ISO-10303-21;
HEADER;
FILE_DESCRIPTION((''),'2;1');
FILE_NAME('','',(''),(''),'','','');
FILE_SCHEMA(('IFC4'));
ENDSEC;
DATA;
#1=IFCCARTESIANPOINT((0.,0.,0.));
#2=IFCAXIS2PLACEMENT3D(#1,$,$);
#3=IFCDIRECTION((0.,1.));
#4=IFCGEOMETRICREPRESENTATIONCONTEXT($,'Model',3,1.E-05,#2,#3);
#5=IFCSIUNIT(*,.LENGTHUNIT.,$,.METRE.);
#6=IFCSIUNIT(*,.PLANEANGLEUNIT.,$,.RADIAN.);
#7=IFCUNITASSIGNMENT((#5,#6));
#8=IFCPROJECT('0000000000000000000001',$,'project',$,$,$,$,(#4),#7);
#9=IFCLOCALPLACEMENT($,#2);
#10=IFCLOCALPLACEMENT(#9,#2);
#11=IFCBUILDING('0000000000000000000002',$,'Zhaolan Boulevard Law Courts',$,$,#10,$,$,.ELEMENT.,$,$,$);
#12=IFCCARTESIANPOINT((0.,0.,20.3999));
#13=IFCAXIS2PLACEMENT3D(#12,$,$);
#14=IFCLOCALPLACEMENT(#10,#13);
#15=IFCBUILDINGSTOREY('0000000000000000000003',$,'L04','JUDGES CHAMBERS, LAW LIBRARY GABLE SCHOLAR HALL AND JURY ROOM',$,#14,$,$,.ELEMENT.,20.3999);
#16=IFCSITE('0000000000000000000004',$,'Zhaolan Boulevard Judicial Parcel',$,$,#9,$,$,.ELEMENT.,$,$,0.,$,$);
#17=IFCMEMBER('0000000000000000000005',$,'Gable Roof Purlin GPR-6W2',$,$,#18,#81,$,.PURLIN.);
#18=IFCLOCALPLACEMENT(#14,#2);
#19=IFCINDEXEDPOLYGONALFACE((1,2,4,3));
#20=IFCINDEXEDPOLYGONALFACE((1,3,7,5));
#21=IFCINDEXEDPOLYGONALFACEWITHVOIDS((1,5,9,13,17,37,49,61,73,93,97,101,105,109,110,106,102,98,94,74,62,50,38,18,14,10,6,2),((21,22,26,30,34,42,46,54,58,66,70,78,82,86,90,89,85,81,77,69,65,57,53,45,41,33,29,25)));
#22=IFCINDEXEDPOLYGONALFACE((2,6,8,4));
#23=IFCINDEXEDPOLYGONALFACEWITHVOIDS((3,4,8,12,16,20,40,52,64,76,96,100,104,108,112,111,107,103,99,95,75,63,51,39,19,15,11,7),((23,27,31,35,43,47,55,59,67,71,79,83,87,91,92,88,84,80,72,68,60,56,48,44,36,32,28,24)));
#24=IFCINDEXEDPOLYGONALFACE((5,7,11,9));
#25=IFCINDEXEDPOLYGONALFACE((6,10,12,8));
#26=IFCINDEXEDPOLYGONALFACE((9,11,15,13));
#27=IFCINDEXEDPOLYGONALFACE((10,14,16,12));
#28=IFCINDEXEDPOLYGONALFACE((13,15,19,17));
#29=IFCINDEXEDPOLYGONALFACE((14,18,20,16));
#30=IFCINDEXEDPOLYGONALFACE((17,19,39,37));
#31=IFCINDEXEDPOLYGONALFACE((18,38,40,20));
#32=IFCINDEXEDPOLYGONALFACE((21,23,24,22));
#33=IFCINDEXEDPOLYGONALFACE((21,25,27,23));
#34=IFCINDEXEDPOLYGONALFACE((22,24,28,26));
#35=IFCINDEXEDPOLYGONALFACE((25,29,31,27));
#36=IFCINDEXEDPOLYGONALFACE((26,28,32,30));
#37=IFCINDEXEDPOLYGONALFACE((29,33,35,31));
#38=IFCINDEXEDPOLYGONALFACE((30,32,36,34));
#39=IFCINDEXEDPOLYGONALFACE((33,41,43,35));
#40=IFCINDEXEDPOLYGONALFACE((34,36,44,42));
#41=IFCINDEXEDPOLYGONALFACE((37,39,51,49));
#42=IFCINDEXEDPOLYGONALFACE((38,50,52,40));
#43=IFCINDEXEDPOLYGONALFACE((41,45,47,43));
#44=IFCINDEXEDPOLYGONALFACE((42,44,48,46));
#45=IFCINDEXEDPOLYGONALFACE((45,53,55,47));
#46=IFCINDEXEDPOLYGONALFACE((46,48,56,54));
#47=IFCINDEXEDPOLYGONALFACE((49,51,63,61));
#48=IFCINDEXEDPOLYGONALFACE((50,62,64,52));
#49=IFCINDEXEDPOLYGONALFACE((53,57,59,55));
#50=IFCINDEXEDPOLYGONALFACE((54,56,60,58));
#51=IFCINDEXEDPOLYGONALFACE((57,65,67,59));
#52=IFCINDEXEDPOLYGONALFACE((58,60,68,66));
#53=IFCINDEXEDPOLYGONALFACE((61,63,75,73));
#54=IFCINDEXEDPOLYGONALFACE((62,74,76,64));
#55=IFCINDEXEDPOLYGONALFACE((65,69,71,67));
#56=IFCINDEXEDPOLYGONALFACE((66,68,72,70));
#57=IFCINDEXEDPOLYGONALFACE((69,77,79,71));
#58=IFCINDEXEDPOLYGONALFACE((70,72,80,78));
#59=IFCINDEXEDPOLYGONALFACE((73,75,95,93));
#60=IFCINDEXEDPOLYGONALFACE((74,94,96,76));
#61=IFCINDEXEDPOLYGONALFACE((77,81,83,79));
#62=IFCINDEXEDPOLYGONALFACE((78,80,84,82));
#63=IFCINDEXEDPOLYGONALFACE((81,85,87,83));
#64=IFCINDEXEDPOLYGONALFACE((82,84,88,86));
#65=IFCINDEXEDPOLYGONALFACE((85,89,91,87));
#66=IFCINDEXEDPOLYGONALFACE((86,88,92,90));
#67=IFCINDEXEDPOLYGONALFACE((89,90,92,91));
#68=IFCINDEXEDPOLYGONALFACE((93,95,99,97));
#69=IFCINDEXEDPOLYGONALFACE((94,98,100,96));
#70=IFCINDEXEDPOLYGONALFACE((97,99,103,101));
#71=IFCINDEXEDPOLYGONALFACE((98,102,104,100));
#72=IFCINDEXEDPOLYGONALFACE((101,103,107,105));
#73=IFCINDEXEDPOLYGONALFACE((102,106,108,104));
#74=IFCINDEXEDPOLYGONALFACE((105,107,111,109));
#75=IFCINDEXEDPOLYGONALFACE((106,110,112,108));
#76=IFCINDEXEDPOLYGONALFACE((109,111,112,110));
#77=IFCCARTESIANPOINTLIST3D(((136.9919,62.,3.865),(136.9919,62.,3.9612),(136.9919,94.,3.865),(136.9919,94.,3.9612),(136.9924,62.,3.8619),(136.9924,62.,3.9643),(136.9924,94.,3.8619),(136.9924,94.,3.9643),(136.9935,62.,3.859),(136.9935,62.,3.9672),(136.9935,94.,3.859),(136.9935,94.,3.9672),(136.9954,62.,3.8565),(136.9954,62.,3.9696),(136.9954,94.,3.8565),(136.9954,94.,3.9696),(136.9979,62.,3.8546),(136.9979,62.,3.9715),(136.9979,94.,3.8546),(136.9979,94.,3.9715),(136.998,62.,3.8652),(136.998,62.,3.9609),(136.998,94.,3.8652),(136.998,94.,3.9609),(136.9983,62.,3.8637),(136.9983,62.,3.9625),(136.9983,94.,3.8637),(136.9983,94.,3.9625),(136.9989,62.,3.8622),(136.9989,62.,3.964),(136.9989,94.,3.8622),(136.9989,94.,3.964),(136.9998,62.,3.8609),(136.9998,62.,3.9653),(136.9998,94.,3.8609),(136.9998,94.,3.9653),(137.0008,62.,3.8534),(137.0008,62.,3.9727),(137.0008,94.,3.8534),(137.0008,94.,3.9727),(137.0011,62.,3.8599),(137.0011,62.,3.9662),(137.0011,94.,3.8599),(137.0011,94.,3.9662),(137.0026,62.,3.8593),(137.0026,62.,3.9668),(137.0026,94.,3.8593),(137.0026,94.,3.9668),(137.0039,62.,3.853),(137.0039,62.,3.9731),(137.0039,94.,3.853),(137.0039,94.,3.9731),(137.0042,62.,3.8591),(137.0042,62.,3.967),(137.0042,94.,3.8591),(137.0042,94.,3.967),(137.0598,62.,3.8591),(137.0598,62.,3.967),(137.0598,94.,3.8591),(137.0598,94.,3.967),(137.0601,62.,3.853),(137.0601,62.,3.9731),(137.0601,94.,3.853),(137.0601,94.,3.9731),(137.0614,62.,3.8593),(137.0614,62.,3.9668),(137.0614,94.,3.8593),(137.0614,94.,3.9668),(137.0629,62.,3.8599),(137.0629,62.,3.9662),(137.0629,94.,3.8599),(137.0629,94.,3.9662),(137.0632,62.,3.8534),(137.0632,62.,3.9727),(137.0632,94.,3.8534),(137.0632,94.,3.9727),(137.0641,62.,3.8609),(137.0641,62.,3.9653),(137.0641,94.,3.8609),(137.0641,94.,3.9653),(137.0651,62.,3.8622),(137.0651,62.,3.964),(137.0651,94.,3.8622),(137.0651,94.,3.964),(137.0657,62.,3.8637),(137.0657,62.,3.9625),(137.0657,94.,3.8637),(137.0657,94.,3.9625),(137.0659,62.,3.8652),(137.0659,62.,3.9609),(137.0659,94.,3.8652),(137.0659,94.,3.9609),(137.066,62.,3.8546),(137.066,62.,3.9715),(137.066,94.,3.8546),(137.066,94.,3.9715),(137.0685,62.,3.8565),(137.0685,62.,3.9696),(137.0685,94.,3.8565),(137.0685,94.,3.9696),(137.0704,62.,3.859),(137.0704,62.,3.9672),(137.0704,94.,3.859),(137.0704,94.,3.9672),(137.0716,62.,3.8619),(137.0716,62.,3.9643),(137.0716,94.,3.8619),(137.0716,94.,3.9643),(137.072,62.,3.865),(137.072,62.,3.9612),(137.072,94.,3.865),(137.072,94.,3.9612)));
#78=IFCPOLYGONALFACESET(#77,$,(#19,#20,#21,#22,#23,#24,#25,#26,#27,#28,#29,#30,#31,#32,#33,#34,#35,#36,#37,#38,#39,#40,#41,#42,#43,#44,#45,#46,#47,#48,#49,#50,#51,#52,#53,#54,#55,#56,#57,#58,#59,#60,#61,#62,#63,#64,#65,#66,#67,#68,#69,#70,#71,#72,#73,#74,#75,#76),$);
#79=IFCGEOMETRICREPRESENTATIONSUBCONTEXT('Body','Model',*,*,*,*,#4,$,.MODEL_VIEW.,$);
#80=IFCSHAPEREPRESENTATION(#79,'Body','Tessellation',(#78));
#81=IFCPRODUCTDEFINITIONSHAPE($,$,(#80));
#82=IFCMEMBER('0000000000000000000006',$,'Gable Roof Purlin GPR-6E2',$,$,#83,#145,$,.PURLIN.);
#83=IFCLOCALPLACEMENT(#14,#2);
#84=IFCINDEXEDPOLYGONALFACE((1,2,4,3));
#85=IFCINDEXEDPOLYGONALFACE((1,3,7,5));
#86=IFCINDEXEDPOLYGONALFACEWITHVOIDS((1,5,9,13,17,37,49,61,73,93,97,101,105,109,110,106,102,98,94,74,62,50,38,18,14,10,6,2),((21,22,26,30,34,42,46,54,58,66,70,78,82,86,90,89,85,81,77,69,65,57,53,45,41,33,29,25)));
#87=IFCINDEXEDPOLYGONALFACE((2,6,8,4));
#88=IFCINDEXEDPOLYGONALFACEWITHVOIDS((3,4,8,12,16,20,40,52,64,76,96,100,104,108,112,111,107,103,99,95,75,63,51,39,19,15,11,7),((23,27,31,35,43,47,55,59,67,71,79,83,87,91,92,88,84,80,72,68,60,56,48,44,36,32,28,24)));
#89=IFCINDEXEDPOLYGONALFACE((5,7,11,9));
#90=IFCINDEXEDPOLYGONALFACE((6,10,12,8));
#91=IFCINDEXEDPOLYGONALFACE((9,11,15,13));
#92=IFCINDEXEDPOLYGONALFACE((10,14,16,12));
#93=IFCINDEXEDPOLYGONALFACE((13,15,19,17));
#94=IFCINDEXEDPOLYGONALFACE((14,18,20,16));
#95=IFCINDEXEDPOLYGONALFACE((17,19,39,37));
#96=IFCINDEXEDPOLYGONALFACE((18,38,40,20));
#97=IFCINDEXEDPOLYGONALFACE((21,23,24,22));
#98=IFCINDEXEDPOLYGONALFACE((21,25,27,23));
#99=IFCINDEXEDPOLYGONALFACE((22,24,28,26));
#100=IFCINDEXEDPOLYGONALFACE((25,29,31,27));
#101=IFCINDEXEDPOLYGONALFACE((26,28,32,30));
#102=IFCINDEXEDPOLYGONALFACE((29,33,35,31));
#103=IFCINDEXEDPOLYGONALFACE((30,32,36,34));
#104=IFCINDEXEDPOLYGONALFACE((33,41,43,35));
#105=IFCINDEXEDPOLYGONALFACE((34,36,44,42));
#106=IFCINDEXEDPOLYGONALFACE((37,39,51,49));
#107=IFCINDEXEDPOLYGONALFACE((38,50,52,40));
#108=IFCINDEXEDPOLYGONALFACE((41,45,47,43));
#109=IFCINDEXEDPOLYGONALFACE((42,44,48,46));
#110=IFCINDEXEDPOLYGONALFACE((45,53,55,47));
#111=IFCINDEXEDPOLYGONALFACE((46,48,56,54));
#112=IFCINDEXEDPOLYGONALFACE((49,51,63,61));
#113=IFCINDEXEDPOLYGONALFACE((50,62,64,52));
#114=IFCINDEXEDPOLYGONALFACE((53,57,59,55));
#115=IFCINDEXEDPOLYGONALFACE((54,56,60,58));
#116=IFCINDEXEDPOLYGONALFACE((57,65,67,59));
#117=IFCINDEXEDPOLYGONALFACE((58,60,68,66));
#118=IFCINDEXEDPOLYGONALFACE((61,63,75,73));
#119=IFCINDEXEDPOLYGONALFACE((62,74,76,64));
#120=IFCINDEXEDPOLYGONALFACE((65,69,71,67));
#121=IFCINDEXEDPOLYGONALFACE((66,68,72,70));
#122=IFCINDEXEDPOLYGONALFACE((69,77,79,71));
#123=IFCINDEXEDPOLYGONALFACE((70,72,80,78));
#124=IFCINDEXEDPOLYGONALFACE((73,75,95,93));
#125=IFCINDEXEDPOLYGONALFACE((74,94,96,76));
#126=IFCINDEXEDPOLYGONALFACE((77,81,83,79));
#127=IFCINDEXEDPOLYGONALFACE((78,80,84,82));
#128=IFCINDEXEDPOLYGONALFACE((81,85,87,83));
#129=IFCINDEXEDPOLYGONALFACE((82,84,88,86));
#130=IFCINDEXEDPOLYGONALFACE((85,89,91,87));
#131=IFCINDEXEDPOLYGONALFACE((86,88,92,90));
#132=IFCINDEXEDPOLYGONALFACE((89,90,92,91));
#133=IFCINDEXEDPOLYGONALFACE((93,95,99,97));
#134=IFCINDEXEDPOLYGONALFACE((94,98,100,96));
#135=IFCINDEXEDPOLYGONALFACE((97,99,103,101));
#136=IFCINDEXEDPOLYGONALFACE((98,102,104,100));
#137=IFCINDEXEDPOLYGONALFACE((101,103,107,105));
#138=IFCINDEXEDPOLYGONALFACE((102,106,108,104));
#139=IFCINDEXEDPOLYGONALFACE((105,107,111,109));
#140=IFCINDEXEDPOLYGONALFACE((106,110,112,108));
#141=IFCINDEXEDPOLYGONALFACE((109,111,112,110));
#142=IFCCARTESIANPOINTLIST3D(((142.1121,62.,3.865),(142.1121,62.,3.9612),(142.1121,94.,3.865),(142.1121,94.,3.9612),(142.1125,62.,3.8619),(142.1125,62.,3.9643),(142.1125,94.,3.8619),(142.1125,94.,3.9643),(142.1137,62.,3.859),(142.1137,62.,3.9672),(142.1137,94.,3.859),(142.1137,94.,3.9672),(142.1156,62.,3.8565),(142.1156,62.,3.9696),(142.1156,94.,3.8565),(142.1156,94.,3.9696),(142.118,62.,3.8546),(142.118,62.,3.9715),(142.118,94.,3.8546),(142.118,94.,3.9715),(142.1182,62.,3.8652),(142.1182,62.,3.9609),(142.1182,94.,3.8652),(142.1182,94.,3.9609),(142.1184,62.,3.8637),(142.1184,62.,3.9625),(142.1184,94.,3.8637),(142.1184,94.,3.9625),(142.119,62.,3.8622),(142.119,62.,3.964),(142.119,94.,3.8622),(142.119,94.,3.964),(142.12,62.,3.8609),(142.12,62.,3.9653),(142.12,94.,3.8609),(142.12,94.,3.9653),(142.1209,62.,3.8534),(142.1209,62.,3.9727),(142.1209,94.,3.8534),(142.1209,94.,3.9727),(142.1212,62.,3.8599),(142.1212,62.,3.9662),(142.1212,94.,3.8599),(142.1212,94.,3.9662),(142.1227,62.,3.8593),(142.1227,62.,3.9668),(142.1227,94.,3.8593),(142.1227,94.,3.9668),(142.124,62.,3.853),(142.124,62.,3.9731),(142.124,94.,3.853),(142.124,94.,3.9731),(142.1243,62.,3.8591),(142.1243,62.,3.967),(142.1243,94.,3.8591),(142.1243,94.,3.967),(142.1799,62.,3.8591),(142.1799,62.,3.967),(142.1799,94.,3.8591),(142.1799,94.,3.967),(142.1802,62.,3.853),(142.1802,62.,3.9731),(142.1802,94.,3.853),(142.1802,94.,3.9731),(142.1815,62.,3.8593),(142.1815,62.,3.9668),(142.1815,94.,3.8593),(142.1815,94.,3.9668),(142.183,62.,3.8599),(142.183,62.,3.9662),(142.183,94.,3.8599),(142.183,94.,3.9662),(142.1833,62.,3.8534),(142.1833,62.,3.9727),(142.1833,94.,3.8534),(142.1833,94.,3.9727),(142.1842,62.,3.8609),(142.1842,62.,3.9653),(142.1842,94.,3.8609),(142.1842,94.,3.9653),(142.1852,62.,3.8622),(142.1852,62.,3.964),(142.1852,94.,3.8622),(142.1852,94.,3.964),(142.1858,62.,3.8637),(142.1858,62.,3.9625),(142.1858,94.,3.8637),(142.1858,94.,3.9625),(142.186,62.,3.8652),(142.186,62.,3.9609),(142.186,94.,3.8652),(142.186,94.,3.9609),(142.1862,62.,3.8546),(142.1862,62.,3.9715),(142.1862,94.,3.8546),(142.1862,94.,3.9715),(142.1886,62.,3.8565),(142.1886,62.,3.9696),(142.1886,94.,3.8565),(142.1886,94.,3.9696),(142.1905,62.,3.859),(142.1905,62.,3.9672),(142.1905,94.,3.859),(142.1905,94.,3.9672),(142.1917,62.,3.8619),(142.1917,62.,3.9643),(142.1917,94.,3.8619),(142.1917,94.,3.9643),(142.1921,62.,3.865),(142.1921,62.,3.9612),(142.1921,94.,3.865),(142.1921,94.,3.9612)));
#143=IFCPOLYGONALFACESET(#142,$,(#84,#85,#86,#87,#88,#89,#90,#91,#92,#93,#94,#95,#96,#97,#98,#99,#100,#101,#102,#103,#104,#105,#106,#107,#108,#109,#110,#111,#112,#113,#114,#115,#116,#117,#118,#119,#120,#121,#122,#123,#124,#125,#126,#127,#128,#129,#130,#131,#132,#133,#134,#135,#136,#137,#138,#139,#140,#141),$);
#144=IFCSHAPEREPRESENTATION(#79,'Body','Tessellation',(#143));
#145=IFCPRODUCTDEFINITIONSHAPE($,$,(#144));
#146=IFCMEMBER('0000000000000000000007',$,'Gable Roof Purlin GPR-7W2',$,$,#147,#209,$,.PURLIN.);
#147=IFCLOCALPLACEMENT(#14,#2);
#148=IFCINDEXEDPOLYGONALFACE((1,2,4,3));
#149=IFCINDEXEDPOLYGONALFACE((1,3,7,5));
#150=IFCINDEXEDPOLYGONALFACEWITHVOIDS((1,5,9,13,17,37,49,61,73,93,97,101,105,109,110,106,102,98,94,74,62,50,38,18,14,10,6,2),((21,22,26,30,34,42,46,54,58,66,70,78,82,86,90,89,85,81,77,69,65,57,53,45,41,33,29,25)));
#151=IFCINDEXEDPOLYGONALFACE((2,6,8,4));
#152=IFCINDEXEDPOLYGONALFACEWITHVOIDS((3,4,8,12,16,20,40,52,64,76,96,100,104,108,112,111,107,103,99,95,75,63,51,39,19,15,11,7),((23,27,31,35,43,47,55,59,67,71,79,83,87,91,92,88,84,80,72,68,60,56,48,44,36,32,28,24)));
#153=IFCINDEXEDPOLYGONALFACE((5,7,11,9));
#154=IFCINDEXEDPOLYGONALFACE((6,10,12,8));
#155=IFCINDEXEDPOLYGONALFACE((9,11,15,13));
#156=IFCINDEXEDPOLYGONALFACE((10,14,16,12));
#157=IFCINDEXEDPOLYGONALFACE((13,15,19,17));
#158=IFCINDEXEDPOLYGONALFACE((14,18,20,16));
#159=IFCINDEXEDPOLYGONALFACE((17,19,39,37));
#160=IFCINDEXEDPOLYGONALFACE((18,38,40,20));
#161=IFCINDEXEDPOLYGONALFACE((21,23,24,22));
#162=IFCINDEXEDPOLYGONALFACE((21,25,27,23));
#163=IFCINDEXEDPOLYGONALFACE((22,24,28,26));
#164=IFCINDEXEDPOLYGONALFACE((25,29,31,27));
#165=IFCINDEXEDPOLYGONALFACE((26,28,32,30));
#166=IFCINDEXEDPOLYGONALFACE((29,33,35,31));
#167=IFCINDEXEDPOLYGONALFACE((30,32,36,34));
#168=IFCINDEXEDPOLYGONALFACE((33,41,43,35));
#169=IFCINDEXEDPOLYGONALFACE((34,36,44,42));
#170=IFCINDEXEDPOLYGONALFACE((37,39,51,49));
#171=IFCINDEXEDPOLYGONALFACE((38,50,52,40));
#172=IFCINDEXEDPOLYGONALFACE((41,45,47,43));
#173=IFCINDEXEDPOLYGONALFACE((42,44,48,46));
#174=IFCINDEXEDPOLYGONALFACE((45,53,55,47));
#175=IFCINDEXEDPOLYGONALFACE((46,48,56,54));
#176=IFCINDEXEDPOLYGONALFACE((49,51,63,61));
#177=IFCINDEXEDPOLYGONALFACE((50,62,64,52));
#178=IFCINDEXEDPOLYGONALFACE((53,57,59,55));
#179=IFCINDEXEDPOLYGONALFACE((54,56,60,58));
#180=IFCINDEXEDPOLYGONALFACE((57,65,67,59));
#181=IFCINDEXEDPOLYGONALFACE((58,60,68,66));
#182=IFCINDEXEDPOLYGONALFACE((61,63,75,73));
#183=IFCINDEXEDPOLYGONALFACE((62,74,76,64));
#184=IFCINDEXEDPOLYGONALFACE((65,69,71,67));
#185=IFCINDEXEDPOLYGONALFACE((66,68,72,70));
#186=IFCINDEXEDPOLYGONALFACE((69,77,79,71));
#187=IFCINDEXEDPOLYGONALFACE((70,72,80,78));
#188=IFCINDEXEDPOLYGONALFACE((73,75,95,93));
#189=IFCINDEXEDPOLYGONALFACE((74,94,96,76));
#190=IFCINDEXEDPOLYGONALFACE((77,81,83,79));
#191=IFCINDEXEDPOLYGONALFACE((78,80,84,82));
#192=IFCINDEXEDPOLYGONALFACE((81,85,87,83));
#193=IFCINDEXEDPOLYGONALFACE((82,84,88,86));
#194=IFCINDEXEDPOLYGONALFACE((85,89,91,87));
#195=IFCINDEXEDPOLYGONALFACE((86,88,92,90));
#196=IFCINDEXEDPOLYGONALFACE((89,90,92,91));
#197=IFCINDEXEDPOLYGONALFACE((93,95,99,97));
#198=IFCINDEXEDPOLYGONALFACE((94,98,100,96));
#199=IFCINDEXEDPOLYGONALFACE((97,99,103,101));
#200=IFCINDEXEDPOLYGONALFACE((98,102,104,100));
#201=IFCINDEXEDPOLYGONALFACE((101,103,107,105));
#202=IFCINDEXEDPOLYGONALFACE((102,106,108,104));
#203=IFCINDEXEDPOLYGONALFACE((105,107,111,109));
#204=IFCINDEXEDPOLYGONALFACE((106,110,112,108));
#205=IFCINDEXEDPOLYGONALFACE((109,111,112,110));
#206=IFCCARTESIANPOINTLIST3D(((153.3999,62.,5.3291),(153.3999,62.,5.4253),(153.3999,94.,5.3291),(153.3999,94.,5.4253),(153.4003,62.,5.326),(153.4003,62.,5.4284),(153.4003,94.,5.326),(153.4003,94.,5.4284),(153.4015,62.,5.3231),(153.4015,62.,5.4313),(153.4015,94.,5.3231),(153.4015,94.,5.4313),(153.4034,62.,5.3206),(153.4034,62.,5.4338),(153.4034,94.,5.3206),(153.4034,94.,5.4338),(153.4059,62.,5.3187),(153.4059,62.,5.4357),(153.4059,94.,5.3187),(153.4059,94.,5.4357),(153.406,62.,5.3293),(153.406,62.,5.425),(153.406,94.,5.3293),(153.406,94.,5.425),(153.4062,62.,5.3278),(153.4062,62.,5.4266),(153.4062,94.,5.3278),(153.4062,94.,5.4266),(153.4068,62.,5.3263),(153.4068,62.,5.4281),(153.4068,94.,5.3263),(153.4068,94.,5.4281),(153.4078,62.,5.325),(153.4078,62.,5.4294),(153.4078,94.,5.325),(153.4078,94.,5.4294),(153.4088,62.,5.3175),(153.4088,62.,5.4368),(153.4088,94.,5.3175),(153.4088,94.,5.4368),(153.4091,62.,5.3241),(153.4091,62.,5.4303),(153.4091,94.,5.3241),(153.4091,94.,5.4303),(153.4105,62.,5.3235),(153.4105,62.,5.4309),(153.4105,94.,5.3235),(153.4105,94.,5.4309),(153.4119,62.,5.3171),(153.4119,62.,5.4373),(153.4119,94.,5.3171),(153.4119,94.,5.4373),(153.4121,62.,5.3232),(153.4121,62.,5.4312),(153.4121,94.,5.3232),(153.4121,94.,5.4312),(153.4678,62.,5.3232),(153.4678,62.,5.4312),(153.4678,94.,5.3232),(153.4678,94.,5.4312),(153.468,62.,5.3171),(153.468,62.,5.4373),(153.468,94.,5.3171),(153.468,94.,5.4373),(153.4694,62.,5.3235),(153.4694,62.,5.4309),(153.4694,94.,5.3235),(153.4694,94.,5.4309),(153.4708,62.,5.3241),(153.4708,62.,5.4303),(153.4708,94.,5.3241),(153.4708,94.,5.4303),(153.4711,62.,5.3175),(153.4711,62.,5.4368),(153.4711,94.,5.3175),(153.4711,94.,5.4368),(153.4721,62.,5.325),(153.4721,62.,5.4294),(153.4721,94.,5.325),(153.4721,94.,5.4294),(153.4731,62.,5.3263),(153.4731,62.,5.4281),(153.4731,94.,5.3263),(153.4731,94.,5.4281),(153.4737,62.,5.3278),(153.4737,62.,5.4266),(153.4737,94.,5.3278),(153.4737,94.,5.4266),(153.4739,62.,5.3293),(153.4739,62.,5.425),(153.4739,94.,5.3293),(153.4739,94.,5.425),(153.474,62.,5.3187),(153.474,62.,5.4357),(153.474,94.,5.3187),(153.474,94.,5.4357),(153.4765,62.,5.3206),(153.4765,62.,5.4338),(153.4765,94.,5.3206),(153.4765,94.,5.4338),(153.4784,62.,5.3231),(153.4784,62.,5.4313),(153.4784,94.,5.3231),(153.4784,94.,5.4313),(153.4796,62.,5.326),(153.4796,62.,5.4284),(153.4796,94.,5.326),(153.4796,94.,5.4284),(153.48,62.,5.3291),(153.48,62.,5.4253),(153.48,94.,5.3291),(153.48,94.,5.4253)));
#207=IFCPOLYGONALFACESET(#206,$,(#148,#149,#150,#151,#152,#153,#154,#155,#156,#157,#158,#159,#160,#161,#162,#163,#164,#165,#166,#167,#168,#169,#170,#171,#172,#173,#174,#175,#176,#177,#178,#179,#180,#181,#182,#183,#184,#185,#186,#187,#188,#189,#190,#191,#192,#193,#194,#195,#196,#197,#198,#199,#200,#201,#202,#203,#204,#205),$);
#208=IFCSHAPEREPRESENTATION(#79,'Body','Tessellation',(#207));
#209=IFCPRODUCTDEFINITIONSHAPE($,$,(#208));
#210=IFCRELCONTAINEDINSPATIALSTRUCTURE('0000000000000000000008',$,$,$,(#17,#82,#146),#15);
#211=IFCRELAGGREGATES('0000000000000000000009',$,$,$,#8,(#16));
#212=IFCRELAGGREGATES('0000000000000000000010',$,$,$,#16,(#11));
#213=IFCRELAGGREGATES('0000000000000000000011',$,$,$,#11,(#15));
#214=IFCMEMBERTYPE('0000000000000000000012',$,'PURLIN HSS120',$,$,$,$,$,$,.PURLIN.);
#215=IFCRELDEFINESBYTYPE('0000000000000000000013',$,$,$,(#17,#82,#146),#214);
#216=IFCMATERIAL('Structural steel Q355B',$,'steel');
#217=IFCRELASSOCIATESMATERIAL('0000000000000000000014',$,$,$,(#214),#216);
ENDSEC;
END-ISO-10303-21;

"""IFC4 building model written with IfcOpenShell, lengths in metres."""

from ifc_helpers import new_model, si_unit, direction, frame, origin, origin_2d, place, context, subcontext, project, spatial, hollow_rectangle, extrude, material, material_profile, profile_set, type_object, element, save


model = new_model("IFC4")

# Units and contexts
model_context = context("Model", 3, precision=1e-05, world=origin(), true_north=direction((0.0, 1.0)))
body_context = subcontext(model_context, "Body", "Model", "MODEL_VIEW")
ifc_project = project(units=[si_unit("LENGTHUNIT", "METRE"), si_unit("PLANEANGLEUNIT", "RADIAN")], contexts=[model_context])

# Site, building, storey
site_placement = place(None, origin())
site = spatial("IfcSite", under=ifc_project, at=site_placement, Name="Zhaolan Boulevard Judicial Parcel", CompositionType="ELEMENT", RefElevation=0.0)
building_placement = place(site_placement, origin())
building = spatial("IfcBuilding", under=site, at=building_placement, Name="Zhaolan Boulevard Law Courts", CompositionType="ELEMENT")
storey_placement = place(building_placement, frame((0.0, 0.0, 20.3999)))
storey = spatial("IfcBuildingStorey", under=building, at=storey_placement, Name="L04", Description="JUDGES CHAMBERS, LAW LIBRARY GABLE SCHOLAR HALL AND JURY ROOM", CompositionType="ELEMENT", Elevation=20.3999)

# Members
ifc_material_1 = material(Name="Structural steel Q355B", Category="steel")
ifc_material_profile_1 = material_profile(ifc_material_1, hollow_rectangle(XDim=0.0801, YDim=0.1201, WallThickness=0.0061, InnerFilletRadius=0.0061, OuterFilletRadius=0.012, at=origin_2d()), Name="HSS120x80x6")
ifc_profile_set_1 = profile_set([ifc_material_profile_1], Name="Structural steel Q355B")
member_type_1 = type_object("IfcMemberType", Name="PURLIN HSS120", PredefinedType="PURLIN", material=ifc_profile_set_1)
for number, where, z_axis, x_axis, name in (
    (1, (137.032, 62.0, 3.9131), (0.0, 1.0, 0.0), (-1.0, 0.0, 0.0), "Gable Roof Purlin GPR-6W2"),
    (2, (142.1521, 62.0, 3.9131), (0.0, 1.0, 0.0), (-1.0, 0.0, 0.0), "Gable Roof Purlin GPR-6E2"),
    (3, (153.4399, 62.0, 5.3772), (0.0, 1.0, 0.0), (-1.0, 0.0, 0.0), "Gable Roof Purlin GPR-7W2"),
):
    element("IfcMember", number, at=place(storey_placement, frame(where, z_axis=z_axis, x_axis=x_axis)), inside=storey, type_object=member_type_1, Name=name, PredefinedType="PURLIN", context=body_context, shape_type="SweptSolid", body=[
        extrude(hollow_rectangle(XDim=0.0801, YDim=0.1201, WallThickness=0.0061, InnerFilletRadius=0.0061, OuterFilletRadius=0.012, at=origin_2d()), origin(), (0.0, 0.0, 1.0), 32.0),
    ])

save(model, "model.ifc")
